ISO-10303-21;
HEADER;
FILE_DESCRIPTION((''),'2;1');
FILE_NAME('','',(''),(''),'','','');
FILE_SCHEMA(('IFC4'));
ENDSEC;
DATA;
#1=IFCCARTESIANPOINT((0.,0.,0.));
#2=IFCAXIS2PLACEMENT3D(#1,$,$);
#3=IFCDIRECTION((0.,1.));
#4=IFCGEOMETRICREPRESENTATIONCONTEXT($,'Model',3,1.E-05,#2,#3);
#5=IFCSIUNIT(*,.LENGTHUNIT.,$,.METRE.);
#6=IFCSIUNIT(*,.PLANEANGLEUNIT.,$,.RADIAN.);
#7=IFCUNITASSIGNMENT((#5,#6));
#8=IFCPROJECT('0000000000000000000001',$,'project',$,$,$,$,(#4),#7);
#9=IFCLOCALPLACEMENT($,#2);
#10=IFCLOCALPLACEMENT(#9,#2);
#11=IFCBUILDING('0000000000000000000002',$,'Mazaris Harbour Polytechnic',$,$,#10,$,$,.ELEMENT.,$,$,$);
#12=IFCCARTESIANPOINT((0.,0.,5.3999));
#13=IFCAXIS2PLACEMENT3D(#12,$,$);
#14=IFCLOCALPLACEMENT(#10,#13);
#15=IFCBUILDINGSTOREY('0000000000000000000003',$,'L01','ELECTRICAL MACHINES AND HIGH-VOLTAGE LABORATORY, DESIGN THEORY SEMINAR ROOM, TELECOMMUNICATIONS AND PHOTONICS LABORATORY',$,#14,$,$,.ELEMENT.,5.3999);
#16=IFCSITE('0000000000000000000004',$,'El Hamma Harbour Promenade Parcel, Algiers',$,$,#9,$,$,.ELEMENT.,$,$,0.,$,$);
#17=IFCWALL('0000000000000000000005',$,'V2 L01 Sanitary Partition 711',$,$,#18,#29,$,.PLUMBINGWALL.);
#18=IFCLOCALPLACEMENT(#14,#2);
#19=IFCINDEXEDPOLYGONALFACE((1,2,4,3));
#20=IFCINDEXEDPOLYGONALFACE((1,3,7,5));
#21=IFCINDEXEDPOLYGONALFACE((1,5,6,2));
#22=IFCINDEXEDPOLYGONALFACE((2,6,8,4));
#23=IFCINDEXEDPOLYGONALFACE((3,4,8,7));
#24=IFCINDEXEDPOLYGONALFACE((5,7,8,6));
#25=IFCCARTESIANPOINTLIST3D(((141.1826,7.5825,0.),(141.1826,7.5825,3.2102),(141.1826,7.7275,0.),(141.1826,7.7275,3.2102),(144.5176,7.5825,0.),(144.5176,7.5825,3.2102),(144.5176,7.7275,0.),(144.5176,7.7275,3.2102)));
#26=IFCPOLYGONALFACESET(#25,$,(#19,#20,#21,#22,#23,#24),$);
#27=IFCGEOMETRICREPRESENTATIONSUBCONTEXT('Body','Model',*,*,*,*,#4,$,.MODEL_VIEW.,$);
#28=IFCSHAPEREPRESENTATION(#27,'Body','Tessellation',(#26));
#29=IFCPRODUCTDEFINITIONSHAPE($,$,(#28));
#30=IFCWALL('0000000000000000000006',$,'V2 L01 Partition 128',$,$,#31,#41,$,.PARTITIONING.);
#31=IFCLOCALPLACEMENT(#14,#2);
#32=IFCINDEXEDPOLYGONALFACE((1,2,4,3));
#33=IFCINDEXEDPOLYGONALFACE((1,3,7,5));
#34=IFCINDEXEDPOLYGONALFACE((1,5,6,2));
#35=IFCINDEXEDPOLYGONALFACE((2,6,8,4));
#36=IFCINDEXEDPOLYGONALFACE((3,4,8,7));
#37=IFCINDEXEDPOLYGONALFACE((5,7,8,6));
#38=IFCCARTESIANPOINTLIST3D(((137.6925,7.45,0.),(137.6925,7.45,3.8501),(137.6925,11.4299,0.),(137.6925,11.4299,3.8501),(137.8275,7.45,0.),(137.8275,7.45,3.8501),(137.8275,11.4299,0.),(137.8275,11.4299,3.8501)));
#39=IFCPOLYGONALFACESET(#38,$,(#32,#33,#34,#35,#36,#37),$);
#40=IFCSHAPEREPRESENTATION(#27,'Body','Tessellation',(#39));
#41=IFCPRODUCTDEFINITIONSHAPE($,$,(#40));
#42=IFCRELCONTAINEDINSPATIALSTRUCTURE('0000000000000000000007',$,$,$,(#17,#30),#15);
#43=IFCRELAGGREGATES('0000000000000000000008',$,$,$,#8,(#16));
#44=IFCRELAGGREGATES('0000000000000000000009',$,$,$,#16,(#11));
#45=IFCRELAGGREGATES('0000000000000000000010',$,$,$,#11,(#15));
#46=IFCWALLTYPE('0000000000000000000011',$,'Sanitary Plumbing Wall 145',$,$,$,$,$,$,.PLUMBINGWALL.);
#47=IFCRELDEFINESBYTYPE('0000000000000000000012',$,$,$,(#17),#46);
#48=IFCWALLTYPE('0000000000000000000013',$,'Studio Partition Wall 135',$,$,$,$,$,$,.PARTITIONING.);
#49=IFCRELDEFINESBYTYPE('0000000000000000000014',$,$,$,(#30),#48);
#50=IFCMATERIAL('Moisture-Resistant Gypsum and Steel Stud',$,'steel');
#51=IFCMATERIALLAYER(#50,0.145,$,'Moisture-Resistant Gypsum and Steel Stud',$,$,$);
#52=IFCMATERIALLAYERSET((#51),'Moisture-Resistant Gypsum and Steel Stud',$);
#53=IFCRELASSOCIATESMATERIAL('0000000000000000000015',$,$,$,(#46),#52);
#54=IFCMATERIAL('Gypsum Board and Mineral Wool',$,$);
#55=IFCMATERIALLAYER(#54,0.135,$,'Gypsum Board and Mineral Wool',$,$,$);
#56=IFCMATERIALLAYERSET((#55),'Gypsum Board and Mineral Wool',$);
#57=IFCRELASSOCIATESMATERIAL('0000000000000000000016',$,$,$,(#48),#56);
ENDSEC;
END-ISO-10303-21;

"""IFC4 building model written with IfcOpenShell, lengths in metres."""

from ifc_helpers import new_model, si_unit, direction, frame, frame_2d, origin, place, context, subcontext, project, spatial, rectangle, extrude, material, layer, layer_set, type_object, element, save


model = new_model("IFC4")

# Units and contexts
model_context = context("Model", 3, precision=1e-05, world=origin(), true_north=direction((0.0, 1.0)))
body_context = subcontext(model_context, "Body", "Model", "MODEL_VIEW")
ifc_project = project(units=[si_unit("LENGTHUNIT", "METRE"), si_unit("PLANEANGLEUNIT", "RADIAN")], contexts=[model_context])

# Site, building, storey
site_placement = place(None, origin())
site = spatial("IfcSite", under=ifc_project, at=site_placement, Name="El Hamma Harbour Promenade Parcel, Algiers", CompositionType="ELEMENT", RefElevation=0.0)
building_placement = place(site_placement, origin())
building = spatial("IfcBuilding", under=site, at=building_placement, Name="Mazaris Harbour Polytechnic", CompositionType="ELEMENT")
storey_placement = place(building_placement, frame((0.0, 0.0, 5.3999)))
storey = spatial("IfcBuildingStorey", under=building, at=storey_placement, Name="L01", Description="ELECTRICAL MACHINES AND HIGH-VOLTAGE LABORATORY, DESIGN THEORY SEMINAR ROOM, TELECOMMUNICATIONS AND PHOTONICS LABORATORY", CompositionType="ELEMENT", Elevation=5.3999)

# Shared definitions
ifc_material_1 = material(Name="Moisture-Resistant Gypsum and Steel Stud", Category="steel")
ifc_layer_1 = layer(ifc_material_1, 0.145, Name="Moisture-Resistant Gypsum and Steel Stud")
ifc_layer_set_1 = layer_set([ifc_layer_1], Name="Moisture-Resistant Gypsum and Steel Stud")
wall_type_1 = type_object("IfcWallType", Name="Sanitary Plumbing Wall 145", PredefinedType="PLUMBINGWALL", material=ifc_layer_set_1)

# Walls
wall_1_placement = place(storey_placement, frame((141.1826, 7.655, 0.0), z_axis=(0.0, 0.0, 1.0), x_axis=(1.0, 0.0, 0.0)))
element("IfcWall", 1, at=wall_1_placement, inside=storey, type_object=wall_type_1, Name="V2 L01 Sanitary Partition 711", PredefinedType="PLUMBINGWALL", context=body_context, shape_type="SweptSolid", body=[
    extrude(rectangle(XDim=3.335, YDim=0.145, at=frame_2d((1.6675, 0.0))), origin(), (0.0, 0.0, 1.0), 3.2102),
])
ifc_material_2 = material(Name="Gypsum Board and Mineral Wool")
ifc_layer_2 = layer(ifc_material_2, 0.135, Name="Gypsum Board and Mineral Wool")
ifc_layer_set_2 = layer_set([ifc_layer_2], Name="Gypsum Board and Mineral Wool")
wall_type_2 = type_object("IfcWallType", Name="Studio Partition Wall 135", PredefinedType="PARTITIONING", material=ifc_layer_set_2)
wall_2_placement = place(storey_placement, frame((137.76, 7.45, 0.0), z_axis=(0.0, 0.0, 1.0), x_axis=(0.0, 1.0, 0.0)))
element("IfcWall", 2, at=wall_2_placement, inside=storey, type_object=wall_type_2, Name="V2 L01 Partition 128", PredefinedType="PARTITIONING", context=body_context, shape_type="SweptSolid", body=[
    extrude(rectangle(XDim=3.98, YDim=0.135, at=frame_2d((1.99, 0.0))), origin(), (0.0, 0.0, 1.0), 3.8501),
])

save(model, "model.ifc")
